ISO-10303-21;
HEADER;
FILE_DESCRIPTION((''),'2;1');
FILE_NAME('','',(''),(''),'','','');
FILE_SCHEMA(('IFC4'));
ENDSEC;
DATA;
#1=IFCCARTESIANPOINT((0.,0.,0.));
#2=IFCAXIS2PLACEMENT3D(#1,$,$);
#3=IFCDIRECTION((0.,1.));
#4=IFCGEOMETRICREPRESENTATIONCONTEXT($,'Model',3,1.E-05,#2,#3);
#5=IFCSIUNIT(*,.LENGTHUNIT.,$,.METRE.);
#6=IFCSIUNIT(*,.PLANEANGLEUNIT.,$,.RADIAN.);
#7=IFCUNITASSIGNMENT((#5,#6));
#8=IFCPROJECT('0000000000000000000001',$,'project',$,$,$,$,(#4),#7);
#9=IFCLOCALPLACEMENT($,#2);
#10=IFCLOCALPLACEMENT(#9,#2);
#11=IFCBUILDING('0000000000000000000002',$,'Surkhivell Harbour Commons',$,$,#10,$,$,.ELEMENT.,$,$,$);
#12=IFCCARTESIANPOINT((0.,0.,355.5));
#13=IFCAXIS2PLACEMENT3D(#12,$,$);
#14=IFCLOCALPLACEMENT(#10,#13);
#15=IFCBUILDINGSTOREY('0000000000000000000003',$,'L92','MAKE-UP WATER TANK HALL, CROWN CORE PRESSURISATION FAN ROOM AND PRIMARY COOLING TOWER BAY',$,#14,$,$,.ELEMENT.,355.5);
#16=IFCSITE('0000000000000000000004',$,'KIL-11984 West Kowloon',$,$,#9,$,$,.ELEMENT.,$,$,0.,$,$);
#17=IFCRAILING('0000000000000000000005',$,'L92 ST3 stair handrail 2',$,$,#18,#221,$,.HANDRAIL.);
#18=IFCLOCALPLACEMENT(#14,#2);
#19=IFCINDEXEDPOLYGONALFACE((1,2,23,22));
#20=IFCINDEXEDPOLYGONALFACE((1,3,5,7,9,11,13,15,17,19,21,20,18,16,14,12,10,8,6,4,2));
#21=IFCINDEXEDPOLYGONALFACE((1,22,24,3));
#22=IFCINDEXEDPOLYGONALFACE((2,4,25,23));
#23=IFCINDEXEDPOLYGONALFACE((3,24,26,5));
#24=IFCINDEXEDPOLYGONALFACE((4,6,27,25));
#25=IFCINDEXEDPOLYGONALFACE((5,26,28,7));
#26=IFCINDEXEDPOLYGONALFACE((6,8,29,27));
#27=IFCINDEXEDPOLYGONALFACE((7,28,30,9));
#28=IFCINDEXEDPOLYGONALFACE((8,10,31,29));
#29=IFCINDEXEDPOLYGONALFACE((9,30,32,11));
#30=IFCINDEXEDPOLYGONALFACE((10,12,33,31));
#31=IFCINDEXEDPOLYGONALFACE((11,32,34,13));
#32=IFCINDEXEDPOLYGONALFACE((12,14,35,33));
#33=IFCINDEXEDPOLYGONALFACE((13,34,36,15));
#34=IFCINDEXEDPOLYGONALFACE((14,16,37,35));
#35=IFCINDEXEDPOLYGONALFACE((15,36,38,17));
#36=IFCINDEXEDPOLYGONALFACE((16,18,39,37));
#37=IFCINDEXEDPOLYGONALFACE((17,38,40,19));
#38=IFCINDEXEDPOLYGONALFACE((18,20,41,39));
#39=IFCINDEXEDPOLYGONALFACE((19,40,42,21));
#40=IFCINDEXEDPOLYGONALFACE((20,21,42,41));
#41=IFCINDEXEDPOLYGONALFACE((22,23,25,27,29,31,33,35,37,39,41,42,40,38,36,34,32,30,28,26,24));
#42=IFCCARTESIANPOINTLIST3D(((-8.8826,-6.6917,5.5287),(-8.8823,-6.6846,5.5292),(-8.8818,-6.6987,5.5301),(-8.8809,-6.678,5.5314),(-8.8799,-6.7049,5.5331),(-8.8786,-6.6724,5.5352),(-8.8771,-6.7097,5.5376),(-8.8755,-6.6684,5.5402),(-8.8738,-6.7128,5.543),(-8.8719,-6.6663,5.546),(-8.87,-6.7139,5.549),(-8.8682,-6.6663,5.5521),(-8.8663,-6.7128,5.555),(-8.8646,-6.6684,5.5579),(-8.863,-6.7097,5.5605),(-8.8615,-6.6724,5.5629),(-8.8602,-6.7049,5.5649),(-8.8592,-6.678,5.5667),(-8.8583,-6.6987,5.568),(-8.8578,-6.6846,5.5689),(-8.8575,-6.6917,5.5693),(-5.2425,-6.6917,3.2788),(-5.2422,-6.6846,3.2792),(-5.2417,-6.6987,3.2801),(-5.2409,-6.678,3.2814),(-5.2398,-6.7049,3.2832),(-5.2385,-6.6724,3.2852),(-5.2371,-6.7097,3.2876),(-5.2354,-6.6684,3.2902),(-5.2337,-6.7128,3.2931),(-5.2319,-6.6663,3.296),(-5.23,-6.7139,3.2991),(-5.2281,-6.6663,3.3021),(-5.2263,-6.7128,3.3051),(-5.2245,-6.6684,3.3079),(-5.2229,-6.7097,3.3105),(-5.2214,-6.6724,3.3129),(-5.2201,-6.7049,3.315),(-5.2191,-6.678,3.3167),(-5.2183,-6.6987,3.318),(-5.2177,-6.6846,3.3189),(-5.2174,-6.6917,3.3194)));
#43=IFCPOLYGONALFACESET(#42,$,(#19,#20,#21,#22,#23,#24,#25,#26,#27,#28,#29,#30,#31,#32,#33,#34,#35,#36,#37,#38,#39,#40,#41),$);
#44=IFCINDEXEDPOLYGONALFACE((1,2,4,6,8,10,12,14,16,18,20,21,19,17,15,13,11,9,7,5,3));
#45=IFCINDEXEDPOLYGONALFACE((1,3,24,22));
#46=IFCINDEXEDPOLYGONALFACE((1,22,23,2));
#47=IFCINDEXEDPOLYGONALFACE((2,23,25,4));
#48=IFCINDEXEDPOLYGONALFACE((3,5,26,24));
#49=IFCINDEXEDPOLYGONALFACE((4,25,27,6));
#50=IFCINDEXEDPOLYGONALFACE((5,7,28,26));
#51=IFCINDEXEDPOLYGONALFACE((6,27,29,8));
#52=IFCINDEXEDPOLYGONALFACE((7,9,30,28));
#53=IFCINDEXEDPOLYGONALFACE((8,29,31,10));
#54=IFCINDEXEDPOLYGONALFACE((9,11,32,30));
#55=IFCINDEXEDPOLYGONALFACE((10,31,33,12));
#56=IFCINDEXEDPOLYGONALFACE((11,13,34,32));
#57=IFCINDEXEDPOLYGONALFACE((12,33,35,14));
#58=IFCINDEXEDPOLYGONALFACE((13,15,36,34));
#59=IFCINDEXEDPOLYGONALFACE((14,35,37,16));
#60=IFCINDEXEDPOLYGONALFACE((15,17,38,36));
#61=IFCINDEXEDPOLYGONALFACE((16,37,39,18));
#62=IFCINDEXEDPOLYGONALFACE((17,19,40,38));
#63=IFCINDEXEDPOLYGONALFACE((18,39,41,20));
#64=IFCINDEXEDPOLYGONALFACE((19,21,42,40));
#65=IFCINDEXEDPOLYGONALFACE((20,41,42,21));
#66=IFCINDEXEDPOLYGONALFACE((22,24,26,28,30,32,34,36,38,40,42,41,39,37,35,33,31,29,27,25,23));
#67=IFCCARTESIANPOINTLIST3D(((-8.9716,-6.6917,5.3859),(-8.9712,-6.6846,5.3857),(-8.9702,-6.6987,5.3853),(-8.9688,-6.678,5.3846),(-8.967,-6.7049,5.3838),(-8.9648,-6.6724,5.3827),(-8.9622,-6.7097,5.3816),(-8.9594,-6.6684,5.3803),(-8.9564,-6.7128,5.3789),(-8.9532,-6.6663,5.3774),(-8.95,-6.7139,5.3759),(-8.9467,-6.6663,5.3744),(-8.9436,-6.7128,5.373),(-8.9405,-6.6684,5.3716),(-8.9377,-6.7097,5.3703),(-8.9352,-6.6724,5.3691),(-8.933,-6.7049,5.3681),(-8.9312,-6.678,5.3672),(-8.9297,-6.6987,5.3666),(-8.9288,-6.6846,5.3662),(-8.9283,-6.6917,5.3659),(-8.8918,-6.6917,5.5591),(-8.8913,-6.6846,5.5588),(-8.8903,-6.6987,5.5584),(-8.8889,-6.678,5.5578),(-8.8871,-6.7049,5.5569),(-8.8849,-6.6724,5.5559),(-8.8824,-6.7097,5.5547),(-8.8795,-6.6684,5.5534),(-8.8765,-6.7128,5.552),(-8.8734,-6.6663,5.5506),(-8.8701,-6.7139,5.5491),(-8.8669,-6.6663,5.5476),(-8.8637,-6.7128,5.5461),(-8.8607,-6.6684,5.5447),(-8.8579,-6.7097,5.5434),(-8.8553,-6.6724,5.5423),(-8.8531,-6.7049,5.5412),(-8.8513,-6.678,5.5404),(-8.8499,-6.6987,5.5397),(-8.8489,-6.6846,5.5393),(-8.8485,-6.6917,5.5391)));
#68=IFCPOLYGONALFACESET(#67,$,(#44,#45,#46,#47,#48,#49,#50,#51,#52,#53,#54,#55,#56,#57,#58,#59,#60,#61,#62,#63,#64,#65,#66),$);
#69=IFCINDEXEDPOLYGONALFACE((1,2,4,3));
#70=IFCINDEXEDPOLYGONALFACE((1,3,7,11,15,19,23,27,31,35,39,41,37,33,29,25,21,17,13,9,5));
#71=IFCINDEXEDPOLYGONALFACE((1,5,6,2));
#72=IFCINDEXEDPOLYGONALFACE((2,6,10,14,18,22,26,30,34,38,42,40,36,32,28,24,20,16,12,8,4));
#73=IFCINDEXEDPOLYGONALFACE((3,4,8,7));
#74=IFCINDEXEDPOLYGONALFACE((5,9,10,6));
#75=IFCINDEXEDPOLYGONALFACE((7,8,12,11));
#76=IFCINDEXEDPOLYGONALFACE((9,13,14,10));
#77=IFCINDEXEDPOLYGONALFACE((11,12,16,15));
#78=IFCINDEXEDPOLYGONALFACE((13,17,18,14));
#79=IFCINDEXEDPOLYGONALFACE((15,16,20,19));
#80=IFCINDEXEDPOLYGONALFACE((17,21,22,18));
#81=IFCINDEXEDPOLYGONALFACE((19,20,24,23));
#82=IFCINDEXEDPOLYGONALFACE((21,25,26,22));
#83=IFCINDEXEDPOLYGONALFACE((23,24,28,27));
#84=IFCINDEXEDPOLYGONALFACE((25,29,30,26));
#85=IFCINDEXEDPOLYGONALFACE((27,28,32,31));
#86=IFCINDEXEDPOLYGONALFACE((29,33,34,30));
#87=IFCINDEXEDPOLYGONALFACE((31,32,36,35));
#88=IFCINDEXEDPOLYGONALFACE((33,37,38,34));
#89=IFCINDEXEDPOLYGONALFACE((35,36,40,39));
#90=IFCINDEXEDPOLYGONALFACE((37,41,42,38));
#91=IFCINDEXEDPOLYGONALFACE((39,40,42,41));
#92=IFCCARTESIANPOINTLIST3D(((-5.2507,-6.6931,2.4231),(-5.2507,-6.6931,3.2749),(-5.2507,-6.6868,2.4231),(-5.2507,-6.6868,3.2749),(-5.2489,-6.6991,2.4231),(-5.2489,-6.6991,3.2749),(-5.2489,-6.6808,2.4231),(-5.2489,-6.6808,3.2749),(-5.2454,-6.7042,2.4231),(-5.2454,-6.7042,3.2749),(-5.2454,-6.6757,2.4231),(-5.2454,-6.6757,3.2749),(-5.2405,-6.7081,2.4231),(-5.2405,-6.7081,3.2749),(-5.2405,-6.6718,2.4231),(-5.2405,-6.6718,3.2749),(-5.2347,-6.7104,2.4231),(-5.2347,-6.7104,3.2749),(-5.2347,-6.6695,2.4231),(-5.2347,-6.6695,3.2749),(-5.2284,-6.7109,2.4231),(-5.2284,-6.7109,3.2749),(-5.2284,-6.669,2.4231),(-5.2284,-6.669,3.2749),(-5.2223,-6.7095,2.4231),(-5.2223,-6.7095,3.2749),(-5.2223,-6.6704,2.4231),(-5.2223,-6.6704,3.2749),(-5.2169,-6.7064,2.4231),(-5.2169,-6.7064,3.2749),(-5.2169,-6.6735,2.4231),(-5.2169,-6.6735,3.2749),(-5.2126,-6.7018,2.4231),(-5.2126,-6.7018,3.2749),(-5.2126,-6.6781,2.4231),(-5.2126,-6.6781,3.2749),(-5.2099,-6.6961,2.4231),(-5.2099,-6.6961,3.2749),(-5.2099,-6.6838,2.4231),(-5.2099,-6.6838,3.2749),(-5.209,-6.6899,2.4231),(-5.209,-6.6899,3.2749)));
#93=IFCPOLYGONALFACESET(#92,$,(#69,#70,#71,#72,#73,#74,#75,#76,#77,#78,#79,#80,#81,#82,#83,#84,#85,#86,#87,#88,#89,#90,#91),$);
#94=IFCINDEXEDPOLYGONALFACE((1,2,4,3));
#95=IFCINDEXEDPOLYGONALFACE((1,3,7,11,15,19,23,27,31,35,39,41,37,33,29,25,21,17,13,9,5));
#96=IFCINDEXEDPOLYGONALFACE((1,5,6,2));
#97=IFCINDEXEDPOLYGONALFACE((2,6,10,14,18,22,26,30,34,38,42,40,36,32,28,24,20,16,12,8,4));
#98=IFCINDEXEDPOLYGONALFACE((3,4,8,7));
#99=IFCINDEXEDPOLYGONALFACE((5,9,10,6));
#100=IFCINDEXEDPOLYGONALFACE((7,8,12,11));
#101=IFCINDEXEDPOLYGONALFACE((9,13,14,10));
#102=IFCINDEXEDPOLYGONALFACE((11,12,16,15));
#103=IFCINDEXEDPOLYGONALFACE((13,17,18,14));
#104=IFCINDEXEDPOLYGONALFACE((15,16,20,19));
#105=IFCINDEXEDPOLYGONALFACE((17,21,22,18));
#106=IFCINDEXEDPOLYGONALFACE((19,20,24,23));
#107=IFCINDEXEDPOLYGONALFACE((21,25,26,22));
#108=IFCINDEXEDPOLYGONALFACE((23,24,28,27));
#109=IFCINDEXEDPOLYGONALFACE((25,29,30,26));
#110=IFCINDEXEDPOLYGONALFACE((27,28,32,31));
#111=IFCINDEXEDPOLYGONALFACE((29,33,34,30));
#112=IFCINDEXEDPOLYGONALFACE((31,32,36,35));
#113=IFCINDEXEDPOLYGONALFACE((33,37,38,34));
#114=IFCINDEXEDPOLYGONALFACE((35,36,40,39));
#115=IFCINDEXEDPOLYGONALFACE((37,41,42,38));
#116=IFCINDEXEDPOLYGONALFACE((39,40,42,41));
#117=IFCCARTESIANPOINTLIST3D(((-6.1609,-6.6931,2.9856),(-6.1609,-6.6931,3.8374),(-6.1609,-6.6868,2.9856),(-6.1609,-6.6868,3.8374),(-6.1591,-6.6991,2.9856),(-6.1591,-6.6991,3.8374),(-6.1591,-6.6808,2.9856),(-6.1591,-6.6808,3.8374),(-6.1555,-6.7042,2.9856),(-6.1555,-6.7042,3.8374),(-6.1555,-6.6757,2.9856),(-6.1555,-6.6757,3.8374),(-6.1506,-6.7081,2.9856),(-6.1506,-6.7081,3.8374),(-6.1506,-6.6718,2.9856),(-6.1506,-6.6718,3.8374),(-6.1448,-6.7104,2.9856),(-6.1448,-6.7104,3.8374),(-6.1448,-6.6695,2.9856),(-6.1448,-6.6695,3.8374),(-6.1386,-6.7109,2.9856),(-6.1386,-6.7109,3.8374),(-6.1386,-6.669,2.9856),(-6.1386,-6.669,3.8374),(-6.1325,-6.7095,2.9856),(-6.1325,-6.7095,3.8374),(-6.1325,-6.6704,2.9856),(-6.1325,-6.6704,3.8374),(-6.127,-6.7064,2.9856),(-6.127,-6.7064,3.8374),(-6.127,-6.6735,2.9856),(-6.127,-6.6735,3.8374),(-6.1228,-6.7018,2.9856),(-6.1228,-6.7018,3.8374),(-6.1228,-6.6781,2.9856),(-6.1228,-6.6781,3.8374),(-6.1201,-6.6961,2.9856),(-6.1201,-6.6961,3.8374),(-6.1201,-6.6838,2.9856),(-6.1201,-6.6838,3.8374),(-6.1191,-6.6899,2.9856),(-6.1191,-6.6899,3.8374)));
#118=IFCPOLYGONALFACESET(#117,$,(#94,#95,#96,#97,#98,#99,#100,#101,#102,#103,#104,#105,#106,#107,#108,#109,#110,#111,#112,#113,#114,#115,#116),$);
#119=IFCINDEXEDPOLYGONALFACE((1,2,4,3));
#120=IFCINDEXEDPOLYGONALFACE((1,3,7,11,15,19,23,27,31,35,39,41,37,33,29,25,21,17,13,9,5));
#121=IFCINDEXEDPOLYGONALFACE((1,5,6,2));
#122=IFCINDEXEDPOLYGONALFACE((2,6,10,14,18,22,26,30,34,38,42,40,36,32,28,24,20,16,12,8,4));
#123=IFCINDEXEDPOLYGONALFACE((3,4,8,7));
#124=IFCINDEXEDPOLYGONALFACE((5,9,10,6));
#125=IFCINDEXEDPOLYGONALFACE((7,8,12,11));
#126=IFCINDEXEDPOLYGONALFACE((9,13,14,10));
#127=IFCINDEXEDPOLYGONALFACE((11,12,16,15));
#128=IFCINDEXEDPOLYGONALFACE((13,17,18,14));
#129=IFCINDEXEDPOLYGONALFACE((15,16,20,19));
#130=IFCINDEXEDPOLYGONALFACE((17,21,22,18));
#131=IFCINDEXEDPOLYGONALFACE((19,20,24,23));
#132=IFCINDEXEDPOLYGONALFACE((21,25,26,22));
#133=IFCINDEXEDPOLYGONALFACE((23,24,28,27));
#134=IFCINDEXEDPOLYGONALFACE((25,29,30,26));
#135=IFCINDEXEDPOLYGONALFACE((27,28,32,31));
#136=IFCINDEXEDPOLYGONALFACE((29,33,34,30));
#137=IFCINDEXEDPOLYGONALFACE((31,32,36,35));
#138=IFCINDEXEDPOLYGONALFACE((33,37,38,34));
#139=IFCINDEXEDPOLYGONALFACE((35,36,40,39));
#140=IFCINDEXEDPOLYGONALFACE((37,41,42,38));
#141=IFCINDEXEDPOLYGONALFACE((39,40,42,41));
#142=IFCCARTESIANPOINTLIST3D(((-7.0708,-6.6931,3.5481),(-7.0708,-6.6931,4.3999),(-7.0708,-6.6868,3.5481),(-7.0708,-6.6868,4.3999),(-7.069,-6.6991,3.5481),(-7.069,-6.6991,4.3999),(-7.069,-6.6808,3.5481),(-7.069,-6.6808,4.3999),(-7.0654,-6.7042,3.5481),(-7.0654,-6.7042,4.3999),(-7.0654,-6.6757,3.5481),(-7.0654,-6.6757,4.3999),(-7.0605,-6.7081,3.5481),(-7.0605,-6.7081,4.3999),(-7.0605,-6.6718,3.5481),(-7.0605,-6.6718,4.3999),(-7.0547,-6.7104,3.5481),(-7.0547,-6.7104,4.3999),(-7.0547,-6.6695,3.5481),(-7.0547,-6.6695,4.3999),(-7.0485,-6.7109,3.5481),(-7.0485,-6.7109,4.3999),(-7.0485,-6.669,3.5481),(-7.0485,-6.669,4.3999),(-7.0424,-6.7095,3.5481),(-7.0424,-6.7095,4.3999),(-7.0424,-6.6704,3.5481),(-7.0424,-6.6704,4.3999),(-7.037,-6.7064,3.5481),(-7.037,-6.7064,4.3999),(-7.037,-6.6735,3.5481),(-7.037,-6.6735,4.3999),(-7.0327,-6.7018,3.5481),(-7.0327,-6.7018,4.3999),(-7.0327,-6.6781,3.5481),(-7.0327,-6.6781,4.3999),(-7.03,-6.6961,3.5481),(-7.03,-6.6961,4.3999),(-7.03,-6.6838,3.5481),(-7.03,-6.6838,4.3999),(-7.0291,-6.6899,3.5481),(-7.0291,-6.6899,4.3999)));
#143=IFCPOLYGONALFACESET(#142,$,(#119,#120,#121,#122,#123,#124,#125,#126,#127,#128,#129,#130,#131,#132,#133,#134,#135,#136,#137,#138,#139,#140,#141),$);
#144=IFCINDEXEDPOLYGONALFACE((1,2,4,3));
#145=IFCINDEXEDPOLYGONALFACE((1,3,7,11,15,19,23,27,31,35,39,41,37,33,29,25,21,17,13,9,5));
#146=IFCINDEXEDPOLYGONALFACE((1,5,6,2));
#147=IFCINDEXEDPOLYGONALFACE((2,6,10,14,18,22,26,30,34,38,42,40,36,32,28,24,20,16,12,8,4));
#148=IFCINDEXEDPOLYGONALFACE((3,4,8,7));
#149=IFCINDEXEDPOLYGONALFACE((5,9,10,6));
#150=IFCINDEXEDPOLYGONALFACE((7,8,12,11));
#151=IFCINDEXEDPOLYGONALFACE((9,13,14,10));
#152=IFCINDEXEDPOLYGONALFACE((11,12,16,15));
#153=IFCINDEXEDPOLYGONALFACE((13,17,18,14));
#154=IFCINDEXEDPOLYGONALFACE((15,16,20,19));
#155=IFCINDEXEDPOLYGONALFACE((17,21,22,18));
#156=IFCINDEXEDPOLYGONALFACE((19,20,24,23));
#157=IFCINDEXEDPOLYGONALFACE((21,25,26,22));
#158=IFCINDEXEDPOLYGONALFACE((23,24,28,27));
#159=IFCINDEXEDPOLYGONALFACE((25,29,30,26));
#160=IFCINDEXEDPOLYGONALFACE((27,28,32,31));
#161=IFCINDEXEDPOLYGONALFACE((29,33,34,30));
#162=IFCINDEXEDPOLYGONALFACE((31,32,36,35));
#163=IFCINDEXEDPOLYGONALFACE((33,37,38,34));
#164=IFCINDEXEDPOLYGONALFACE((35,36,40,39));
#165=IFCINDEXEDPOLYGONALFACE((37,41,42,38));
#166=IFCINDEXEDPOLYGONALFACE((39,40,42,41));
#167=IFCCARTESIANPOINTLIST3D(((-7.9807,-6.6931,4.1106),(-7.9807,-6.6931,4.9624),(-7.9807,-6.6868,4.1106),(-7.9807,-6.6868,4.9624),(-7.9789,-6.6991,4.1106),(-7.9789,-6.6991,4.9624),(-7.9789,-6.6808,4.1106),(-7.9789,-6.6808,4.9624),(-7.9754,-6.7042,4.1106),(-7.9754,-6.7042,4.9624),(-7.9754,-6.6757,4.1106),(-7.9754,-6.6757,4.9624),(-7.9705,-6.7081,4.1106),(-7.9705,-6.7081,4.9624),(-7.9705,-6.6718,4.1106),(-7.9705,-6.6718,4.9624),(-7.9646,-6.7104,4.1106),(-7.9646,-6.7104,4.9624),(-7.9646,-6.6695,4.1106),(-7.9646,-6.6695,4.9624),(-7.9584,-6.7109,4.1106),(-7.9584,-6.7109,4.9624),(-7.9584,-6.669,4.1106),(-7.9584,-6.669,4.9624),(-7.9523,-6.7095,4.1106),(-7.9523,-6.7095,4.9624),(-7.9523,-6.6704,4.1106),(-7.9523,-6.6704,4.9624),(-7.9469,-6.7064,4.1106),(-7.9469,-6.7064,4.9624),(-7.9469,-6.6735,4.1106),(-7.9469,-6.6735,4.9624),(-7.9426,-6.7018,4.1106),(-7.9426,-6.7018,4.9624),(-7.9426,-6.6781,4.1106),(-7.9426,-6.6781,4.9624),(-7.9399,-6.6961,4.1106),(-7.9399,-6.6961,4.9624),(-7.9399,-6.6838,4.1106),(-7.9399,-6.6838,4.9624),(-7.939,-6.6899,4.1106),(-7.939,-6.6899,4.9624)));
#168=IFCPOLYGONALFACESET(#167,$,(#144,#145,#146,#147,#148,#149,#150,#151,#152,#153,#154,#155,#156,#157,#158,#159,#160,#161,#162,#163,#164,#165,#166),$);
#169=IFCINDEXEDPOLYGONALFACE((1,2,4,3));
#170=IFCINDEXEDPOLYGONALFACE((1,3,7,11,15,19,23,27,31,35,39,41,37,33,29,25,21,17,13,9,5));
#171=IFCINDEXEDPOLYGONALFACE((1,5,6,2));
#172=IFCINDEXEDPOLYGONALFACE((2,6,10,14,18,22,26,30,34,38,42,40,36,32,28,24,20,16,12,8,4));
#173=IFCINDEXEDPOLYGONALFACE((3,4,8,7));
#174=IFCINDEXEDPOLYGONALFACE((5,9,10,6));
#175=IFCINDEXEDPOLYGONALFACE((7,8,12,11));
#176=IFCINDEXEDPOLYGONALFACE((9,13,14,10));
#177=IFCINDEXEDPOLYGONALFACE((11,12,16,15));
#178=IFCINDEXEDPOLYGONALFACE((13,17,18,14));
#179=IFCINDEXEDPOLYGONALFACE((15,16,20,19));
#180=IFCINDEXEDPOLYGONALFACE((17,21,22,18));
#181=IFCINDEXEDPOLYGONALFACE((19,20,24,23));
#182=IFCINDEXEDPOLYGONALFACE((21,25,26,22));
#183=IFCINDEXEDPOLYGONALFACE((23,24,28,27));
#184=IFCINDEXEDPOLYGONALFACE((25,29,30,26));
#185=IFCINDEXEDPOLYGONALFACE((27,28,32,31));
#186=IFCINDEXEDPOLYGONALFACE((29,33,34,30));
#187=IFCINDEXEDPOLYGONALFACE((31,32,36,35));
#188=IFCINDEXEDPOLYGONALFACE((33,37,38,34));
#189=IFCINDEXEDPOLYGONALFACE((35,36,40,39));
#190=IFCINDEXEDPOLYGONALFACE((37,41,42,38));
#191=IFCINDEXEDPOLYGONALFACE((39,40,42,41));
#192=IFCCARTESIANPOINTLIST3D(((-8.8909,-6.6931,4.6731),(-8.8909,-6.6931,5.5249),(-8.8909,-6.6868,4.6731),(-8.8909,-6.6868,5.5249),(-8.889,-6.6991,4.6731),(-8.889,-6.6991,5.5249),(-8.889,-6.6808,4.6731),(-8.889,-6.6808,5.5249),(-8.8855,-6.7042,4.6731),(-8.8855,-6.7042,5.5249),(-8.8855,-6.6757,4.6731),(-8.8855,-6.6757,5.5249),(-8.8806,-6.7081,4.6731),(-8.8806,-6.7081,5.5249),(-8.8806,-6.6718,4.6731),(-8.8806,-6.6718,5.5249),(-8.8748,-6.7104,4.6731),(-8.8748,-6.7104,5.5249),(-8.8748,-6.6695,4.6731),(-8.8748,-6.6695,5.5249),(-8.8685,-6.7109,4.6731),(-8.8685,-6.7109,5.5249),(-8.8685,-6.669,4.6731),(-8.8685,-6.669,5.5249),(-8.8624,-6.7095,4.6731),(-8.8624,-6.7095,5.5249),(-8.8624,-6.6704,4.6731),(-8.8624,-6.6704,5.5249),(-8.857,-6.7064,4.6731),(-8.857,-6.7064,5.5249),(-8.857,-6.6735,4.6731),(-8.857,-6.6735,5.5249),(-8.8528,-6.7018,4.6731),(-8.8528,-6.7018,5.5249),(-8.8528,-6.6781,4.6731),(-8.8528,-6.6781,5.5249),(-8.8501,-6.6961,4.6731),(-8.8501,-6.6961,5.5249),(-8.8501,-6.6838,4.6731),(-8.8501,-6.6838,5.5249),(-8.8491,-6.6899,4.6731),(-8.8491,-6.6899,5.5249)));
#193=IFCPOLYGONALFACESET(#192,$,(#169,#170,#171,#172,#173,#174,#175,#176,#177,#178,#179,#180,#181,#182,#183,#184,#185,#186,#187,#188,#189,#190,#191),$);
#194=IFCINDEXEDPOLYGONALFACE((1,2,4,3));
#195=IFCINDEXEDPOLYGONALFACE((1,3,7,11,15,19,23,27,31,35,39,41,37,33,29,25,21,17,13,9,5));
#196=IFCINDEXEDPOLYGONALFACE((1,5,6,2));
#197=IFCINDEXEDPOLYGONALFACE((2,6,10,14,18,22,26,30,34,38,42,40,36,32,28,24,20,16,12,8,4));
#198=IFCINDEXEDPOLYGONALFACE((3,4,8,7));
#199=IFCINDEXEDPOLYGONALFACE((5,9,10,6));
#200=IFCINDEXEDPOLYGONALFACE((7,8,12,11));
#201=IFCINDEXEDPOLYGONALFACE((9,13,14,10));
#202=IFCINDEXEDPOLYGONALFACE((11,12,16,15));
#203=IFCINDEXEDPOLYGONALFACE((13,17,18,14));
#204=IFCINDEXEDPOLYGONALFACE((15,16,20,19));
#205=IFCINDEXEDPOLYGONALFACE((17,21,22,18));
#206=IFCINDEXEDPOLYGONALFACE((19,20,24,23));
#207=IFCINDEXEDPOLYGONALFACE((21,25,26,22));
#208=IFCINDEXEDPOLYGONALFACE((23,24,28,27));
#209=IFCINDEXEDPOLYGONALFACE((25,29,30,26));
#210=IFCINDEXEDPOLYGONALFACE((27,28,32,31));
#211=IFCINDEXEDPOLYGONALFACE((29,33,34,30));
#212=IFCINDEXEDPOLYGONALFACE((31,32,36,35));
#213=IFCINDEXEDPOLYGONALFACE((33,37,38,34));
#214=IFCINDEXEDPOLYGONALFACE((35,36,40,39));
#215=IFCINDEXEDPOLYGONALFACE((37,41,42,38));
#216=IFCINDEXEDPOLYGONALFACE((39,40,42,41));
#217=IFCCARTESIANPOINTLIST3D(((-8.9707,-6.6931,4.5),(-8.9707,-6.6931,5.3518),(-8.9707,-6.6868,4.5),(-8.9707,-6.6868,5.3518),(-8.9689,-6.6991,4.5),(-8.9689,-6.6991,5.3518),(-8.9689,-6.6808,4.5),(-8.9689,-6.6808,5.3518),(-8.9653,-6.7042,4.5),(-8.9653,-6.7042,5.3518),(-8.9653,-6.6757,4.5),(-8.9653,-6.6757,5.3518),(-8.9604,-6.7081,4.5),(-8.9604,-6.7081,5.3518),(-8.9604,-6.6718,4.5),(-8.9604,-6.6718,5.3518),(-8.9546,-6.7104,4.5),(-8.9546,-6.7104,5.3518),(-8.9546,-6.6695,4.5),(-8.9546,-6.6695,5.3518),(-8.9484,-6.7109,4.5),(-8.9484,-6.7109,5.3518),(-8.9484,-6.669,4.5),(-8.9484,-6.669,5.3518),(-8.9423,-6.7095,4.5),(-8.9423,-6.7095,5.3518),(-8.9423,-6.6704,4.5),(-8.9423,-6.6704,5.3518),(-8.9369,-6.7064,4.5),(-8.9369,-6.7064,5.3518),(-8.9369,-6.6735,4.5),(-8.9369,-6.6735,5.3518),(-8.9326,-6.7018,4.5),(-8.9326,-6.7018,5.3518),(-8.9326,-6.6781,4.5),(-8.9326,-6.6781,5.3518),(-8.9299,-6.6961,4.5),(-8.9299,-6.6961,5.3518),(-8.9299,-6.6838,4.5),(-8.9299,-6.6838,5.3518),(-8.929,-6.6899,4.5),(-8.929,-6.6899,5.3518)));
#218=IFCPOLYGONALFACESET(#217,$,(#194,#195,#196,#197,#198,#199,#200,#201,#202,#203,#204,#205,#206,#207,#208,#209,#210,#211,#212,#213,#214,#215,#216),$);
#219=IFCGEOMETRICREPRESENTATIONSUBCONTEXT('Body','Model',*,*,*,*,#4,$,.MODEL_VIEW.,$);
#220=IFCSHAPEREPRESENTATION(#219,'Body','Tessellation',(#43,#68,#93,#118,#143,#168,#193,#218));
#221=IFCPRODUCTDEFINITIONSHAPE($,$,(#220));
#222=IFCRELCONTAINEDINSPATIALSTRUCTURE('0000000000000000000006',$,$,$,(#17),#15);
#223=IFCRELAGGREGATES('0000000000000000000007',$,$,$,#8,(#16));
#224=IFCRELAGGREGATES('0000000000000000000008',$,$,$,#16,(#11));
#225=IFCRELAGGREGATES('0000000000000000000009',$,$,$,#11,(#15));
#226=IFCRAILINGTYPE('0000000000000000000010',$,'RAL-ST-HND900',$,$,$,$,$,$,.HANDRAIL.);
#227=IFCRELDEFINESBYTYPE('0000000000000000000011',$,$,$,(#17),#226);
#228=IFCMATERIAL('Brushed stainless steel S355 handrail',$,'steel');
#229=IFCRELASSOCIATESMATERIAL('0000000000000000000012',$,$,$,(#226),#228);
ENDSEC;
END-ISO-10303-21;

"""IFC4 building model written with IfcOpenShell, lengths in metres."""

from ifc_helpers import new_model, si_unit, direction, frame, origin, origin_2d, place, context, subcontext, project, spatial, circle, extrude, material, type_object, element, save


model = new_model("IFC4")

# Units and contexts
model_context = context("Model", 3, precision=1e-05, world=origin(), true_north=direction((0.0, 1.0)))
body_context = subcontext(model_context, "Body", "Model", "MODEL_VIEW")
ifc_project = project(units=[si_unit("LENGTHUNIT", "METRE"), si_unit("PLANEANGLEUNIT", "RADIAN")], contexts=[model_context])

# Site, building, storey
site_placement = place(None, origin())
site = spatial("IfcSite", under=ifc_project, at=site_placement, Name="KIL-11984 West Kowloon", CompositionType="ELEMENT", RefElevation=0.0)
building_placement = place(site_placement, origin())
building = spatial("IfcBuilding", under=site, at=building_placement, Name="Surkhivell Harbour Commons", CompositionType="ELEMENT")
storey_placement = place(building_placement, frame((0.0, 0.0, 355.5)))
storey = spatial("IfcBuildingStorey", under=building, at=storey_placement, Name="L92", Description="MAKE-UP WATER TANK HALL, CROWN CORE PRESSURISATION FAN ROOM AND PRIMARY COOLING TOWER BAY", CompositionType="ELEMENT", Elevation=355.5)

# Railing
ifc_material_1 = material(Name="Brushed stainless steel S355 handrail", Category="steel")
railing_type_1 = type_object("IfcRailingType", Name="RAL-ST-HND900", PredefinedType="HANDRAIL", material=ifc_material_1)
railing_1_placement = place(storey_placement, frame((-5.23, -6.6899, 2.4231)))
element("IfcRailing", 1, at=railing_1_placement, inside=storey, type_object=railing_type_1, Name="L92 ST3 stair handrail 2", PredefinedType="HANDRAIL", context=body_context, shape_type="SweptSolid", body=[
    extrude(circle(Radius=0.0239, at=origin_2d()), frame((0.0, 0.0, 0.876), z_axis=(-0.850622, 0.0, 0.525777), x_axis=(0.0, -1.0, 0.0)), (0.0, 0.0, 1.0), 4.2793),
    extrude(circle(Radius=0.0239, at=origin_2d()), frame((-3.6401, 0.0, 3.126), z_axis=(-0.418815, 0.0, -0.908072), x_axis=(0.0, -1.0, 0.0)), (0.0, 0.0, 1.0), 0.1907),
    extrude(circle(Radius=0.021, at=origin_2d()), origin(), (0.0, 0.0, 1.0), 0.8518),
    extrude(circle(Radius=0.021, at=origin_2d()), frame((-0.9102, 0.0, 0.5625)), (0.0, 0.0, 1.0), 0.8518),
    extrude(circle(Radius=0.021, at=origin_2d()), frame((-1.8201, 0.0, 1.125)), (0.0, 0.0, 1.0), 0.8518),
    extrude(circle(Radius=0.021, at=origin_2d()), frame((-2.73, 0.0, 1.6875)), (0.0, 0.0, 1.0), 0.8518),
    extrude(circle(Radius=0.021, at=origin_2d()), frame((-3.6401, 0.0, 2.25)), (0.0, 0.0, 1.0), 0.8518),
    extrude(circle(Radius=0.021, at=origin_2d()), frame((-3.72, 0.0, 2.0769)), (0.0, 0.0, 1.0), 0.8518),
])

save(model, "model.ifc")
